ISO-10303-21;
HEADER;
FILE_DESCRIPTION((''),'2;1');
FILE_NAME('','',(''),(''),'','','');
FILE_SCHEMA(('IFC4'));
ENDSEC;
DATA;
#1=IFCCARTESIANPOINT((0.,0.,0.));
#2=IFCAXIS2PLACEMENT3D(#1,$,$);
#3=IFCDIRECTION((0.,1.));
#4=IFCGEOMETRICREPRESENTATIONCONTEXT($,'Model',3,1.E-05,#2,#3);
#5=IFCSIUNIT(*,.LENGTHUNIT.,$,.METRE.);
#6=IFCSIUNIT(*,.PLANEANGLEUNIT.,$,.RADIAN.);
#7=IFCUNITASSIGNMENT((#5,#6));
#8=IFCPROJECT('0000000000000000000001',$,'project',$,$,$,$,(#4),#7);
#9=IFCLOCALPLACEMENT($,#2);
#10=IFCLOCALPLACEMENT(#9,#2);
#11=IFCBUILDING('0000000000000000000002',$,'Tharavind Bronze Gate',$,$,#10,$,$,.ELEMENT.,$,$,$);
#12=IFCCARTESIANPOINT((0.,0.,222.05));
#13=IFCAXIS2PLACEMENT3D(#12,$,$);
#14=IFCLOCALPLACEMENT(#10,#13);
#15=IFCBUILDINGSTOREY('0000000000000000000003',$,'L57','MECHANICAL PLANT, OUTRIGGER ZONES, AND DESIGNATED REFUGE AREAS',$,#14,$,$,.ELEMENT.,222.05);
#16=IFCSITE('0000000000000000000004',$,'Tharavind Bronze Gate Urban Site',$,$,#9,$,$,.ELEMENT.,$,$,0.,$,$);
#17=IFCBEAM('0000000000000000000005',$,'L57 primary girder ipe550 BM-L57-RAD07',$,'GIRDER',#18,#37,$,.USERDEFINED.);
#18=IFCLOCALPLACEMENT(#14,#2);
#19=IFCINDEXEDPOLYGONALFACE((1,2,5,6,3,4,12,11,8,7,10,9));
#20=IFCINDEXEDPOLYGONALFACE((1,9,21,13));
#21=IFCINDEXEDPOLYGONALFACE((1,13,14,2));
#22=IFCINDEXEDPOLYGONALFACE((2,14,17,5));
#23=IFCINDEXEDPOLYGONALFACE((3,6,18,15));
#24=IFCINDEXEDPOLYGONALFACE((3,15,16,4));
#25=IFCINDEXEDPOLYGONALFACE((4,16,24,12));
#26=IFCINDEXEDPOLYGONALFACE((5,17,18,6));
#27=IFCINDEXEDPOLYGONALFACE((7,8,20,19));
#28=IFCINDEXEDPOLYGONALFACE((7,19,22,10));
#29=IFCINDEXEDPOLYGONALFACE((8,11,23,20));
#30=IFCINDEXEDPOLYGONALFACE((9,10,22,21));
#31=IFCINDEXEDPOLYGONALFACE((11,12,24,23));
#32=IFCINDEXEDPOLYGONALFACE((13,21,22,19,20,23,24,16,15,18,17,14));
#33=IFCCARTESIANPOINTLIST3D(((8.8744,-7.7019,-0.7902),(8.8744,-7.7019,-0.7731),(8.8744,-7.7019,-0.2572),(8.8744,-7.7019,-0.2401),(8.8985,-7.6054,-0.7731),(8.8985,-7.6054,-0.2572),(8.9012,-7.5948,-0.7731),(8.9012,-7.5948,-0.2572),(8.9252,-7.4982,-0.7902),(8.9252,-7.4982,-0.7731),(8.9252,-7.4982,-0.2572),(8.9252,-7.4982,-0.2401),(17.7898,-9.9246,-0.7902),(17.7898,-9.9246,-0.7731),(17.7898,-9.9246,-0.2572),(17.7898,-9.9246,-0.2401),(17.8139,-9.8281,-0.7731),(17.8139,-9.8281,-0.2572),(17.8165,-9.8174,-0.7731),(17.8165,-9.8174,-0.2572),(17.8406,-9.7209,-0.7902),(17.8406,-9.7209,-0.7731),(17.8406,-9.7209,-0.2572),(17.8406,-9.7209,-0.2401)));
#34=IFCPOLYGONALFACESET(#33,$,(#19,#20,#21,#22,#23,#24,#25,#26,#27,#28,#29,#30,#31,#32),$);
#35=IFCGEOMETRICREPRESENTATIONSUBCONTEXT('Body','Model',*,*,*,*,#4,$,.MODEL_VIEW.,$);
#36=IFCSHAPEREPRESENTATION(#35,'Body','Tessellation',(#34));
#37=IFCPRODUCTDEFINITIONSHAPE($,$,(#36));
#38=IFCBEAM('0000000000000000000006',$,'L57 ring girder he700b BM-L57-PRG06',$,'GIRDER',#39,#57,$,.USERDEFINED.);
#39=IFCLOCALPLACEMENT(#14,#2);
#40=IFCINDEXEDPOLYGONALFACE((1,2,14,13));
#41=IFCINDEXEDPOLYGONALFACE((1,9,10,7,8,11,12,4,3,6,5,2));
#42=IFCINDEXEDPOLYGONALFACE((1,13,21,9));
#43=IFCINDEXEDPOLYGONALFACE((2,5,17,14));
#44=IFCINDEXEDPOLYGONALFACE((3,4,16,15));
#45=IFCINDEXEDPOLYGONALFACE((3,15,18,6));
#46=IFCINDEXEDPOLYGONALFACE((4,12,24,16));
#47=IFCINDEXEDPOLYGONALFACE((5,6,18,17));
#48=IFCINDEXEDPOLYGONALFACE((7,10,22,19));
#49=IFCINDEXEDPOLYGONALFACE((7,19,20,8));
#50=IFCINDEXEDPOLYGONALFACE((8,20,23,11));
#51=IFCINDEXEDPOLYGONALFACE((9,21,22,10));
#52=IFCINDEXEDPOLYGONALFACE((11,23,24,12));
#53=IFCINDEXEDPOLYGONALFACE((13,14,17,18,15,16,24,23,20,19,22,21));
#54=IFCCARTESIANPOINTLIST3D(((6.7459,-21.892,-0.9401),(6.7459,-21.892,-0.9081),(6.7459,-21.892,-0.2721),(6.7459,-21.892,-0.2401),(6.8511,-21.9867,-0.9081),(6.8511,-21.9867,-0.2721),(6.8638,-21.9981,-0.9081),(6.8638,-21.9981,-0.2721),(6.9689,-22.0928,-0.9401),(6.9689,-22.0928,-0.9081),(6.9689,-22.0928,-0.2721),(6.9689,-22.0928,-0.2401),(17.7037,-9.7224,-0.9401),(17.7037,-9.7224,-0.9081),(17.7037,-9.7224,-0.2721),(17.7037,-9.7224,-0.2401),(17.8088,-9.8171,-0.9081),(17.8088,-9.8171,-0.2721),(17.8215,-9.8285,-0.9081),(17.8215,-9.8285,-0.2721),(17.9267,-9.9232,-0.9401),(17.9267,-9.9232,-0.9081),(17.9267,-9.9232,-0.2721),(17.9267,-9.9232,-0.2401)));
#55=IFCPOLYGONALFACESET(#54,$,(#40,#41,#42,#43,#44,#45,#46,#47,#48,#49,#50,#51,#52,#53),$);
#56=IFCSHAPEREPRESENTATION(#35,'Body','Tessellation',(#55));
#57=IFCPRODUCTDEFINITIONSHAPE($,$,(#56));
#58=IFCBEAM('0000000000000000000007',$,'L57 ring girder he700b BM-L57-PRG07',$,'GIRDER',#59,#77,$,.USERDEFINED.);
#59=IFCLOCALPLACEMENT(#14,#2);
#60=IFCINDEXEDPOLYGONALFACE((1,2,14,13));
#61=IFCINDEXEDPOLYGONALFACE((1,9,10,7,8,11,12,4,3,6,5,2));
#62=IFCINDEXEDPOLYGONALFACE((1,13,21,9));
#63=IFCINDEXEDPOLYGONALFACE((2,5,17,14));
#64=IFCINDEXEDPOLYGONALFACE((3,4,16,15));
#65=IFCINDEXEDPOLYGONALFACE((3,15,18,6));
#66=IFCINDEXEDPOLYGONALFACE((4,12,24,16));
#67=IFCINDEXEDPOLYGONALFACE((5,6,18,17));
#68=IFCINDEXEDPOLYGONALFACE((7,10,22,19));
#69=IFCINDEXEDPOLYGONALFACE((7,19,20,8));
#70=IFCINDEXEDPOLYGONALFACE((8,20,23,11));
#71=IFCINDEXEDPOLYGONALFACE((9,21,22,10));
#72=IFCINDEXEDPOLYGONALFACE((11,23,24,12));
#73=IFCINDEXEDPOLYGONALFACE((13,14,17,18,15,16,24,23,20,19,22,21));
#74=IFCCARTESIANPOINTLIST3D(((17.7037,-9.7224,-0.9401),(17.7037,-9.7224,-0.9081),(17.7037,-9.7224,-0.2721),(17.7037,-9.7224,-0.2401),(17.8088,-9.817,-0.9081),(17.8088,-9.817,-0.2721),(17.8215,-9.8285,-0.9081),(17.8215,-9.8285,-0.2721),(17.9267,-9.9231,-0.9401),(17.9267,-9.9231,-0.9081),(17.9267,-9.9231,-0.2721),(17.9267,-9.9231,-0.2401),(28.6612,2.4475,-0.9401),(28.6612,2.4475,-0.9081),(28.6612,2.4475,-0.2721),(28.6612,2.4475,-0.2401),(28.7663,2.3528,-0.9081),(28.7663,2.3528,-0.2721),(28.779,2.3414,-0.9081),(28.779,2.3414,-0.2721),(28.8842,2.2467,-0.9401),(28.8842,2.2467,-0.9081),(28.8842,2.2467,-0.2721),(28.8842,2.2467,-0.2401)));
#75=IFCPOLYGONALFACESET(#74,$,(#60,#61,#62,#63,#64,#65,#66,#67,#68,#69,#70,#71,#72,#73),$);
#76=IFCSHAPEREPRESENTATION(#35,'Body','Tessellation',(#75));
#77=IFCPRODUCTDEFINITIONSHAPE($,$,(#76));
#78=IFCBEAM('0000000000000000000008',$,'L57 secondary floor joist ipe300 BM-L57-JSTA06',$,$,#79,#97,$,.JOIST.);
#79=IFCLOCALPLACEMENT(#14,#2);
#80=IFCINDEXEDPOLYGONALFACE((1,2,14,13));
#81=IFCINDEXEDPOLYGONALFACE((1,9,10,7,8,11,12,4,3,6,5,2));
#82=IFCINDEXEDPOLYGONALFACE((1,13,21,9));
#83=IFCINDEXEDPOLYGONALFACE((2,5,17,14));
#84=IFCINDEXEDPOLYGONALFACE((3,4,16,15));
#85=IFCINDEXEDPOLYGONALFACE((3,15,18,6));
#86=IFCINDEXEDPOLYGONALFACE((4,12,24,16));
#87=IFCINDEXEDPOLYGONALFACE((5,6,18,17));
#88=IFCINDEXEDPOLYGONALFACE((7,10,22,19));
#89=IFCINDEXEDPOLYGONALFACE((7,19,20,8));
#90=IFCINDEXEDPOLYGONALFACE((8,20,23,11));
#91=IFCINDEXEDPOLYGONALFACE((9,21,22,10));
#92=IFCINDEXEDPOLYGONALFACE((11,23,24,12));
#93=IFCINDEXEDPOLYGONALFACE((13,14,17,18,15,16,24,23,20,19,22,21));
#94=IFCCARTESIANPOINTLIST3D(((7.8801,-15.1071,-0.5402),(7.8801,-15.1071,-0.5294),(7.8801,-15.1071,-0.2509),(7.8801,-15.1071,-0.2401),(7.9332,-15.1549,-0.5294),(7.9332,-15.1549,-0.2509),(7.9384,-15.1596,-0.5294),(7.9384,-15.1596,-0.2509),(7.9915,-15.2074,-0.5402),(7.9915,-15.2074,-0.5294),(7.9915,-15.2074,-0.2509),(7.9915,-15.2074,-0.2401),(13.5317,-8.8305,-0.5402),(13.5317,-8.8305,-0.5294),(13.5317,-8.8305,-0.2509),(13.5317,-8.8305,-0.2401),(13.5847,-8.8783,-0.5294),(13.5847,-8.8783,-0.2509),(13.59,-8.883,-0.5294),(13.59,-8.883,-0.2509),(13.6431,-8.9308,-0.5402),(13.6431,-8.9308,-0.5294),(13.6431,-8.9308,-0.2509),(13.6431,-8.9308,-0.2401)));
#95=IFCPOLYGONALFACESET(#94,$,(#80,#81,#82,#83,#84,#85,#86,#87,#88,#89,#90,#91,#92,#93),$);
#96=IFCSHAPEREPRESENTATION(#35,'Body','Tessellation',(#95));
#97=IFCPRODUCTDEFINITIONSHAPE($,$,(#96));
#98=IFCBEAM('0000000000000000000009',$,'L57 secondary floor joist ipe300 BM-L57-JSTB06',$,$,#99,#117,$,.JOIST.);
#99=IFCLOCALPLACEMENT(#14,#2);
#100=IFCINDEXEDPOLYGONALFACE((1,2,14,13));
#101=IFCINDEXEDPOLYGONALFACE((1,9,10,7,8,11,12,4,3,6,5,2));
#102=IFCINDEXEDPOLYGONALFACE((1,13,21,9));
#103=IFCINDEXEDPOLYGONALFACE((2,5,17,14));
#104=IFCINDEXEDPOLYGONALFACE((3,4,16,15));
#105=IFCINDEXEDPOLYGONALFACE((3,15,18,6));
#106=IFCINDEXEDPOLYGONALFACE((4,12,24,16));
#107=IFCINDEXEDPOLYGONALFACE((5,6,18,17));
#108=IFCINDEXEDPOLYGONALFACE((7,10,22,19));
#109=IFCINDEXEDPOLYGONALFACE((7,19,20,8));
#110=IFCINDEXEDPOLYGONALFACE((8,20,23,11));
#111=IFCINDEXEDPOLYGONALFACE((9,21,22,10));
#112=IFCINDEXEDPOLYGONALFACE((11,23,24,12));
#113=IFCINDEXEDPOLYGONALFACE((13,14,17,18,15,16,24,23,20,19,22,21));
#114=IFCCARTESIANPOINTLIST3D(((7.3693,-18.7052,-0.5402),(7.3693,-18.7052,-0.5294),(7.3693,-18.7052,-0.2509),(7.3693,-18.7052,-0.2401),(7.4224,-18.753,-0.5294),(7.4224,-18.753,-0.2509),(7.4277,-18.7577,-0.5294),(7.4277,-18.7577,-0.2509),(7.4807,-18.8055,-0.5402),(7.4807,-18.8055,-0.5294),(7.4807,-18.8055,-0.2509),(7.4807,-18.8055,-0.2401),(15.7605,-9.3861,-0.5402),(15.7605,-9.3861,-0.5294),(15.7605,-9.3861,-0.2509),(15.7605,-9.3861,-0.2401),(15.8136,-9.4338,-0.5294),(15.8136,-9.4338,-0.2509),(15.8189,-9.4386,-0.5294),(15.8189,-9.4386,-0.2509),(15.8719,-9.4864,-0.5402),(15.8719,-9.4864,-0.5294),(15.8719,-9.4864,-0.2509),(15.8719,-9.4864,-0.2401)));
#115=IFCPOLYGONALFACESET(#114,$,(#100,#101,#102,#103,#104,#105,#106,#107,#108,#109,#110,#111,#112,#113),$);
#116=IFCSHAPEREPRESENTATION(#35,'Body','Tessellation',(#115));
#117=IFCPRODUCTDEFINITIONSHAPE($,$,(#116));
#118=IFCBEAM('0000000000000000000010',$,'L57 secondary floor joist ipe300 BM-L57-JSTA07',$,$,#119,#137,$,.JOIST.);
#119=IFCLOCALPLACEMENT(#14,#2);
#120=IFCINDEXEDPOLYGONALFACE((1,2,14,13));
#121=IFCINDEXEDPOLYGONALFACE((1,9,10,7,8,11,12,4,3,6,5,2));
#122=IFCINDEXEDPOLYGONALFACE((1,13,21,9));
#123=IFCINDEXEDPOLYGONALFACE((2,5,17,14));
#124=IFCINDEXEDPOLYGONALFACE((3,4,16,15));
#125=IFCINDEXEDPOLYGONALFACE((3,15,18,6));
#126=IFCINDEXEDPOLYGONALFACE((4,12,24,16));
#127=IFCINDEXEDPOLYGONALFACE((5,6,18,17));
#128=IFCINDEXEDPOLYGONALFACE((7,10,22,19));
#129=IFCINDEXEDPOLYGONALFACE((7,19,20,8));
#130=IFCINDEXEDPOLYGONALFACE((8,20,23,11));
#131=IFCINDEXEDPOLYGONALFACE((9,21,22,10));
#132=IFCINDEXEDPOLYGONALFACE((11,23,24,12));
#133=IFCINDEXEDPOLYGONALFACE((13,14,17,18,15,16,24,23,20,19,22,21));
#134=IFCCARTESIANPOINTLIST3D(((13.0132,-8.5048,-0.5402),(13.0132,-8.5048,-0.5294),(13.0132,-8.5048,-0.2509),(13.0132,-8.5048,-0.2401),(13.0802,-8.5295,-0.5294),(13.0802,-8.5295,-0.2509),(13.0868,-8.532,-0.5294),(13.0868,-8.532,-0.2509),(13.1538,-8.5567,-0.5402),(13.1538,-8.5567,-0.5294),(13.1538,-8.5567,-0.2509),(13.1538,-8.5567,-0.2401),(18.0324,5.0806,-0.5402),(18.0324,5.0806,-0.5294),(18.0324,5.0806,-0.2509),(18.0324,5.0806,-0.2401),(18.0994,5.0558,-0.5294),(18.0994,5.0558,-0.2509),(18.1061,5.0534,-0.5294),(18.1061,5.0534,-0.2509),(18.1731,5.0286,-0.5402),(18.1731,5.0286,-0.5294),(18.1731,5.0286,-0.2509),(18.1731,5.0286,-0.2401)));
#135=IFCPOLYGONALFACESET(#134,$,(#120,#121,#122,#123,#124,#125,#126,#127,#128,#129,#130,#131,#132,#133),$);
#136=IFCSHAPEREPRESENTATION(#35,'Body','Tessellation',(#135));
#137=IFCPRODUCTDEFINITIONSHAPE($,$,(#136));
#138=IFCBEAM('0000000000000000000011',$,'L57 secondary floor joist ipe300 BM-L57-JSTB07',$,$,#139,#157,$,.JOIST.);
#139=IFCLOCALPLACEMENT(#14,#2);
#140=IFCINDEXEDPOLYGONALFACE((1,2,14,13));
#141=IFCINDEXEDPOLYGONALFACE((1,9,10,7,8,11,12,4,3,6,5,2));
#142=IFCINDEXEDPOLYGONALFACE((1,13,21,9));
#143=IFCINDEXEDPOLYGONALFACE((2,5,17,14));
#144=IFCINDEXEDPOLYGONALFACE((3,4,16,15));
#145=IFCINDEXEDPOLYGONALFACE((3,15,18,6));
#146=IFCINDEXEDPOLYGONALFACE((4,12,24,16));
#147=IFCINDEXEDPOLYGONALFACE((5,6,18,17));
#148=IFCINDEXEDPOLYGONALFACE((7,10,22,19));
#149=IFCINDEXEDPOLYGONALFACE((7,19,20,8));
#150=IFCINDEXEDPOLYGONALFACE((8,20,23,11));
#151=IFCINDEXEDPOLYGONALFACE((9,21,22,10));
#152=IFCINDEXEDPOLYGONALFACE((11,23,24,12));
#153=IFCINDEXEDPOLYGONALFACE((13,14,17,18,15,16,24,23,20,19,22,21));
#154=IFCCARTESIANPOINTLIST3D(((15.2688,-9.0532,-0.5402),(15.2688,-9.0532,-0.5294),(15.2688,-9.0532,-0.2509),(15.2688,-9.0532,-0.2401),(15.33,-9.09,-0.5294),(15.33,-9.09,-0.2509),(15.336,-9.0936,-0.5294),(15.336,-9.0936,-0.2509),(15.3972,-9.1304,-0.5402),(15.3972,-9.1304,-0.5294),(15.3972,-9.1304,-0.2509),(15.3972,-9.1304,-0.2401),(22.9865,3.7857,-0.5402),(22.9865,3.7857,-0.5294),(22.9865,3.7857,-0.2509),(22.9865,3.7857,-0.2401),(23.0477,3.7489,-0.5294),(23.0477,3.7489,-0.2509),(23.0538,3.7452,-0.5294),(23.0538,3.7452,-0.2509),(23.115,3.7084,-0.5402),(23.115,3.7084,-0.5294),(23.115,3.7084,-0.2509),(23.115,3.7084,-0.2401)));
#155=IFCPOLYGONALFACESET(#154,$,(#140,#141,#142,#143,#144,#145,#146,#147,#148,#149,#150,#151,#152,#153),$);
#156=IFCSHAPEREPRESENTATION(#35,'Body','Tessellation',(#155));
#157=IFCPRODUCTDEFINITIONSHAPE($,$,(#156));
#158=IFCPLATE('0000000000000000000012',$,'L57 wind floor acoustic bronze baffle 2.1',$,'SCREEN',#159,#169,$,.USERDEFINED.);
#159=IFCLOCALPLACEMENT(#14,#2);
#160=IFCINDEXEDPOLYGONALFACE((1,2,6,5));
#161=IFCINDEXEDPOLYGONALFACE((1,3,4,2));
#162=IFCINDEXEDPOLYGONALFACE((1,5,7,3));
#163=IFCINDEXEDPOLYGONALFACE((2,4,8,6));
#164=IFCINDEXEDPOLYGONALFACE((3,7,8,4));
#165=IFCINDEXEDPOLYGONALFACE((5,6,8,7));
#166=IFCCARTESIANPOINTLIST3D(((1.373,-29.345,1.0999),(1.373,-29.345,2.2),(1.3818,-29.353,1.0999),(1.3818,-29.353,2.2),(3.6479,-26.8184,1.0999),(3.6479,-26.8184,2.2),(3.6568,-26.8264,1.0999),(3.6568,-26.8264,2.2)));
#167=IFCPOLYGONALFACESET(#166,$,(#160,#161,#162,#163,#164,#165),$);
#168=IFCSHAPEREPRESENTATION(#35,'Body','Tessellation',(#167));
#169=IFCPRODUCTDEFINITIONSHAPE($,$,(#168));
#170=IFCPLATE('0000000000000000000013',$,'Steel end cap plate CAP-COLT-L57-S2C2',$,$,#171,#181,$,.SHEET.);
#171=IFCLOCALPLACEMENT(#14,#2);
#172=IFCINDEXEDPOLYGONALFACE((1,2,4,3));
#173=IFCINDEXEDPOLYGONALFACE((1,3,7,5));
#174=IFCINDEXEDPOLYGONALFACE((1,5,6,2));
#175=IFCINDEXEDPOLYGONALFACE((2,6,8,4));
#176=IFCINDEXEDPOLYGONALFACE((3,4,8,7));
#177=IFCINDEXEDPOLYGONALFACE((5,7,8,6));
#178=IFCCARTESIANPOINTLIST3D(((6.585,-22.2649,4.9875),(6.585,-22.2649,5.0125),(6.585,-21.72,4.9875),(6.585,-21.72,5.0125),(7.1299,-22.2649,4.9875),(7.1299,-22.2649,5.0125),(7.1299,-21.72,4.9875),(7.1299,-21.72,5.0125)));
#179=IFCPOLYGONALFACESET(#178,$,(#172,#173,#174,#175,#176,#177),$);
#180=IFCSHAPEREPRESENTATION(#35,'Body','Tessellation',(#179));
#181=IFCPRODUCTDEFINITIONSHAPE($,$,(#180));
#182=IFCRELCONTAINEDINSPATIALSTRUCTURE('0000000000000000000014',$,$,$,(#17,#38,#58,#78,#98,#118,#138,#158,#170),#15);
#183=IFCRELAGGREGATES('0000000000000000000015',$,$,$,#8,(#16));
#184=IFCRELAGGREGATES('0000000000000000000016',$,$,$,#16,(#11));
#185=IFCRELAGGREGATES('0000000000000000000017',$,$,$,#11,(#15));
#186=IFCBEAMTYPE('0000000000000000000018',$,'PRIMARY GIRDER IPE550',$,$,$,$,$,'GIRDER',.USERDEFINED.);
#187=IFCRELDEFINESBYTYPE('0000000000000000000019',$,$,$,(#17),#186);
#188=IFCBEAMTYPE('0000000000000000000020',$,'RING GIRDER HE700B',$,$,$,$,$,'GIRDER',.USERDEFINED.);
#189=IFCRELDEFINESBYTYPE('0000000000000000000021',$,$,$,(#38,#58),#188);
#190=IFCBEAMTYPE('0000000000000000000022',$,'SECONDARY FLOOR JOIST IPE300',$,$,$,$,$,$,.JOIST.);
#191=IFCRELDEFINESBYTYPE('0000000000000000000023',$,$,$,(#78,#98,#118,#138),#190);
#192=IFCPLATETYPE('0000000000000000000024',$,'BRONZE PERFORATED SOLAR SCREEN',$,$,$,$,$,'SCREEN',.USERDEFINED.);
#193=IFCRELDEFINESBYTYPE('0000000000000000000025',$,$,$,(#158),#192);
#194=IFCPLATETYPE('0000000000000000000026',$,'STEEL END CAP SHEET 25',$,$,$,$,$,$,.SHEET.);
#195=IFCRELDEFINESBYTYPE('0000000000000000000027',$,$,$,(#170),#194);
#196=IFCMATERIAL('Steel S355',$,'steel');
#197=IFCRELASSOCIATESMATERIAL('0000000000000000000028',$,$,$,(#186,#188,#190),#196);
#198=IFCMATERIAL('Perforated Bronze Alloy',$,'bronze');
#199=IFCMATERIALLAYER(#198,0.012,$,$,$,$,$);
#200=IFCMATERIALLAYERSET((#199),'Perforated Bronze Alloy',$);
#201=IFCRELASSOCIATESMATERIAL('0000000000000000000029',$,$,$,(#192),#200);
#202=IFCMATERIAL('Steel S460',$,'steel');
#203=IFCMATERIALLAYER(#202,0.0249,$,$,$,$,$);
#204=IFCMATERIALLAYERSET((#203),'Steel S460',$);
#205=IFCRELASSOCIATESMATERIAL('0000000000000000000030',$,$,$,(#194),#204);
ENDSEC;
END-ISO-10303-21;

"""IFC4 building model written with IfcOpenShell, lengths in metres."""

from ifc_helpers import new_model, si_unit, direction, frame, origin, origin_2d, place, context, subcontext, project, spatial, rectangle, i_section, extrude, material, layer, layer_set, material_profile, profile_set, type_object, element, save


model = new_model("IFC4")

# Units and contexts
model_context = context("Model", 3, precision=1e-05, world=origin(), true_north=direction((0.0, 1.0)))
body_context = subcontext(model_context, "Body", "Model", "MODEL_VIEW")
ifc_project = project(units=[si_unit("LENGTHUNIT", "METRE"), si_unit("PLANEANGLEUNIT", "RADIAN")], contexts=[model_context])

# Site, building, storey
site_placement = place(None, origin())
site = spatial("IfcSite", under=ifc_project, at=site_placement, Name="Tharavind Bronze Gate Urban Site", CompositionType="ELEMENT", RefElevation=0.0)
building_placement = place(site_placement, origin())
building = spatial("IfcBuilding", under=site, at=building_placement, Name="Tharavind Bronze Gate", CompositionType="ELEMENT")
storey_placement = place(building_placement, frame((0.0, 0.0, 222.05)))
storey = spatial("IfcBuildingStorey", under=building, at=storey_placement, Name="L57", Description="MECHANICAL PLANT, OUTRIGGER ZONES, AND DESIGNATED REFUGE AREAS", CompositionType="ELEMENT", Elevation=222.05)

# Shared definitions
ifc_material_1 = material(Name="Steel S460", Category="steel")

# Beams
ifc_material_2 = material(Name="Steel S355", Category="steel")
ifc_material_profile_1 = material_profile(ifc_material_2, i_section(OverallWidth=0.21, OverallDepth=0.55, WebThickness=0.011, FlangeThickness=0.0171, at=origin_2d()), Name="IPE550")
ifc_profile_set_1 = profile_set([ifc_material_profile_1], Name="Steel S355")
beam_type_1 = type_object("IfcBeamType", Name="PRIMARY GIRDER IPE550", ElementType="GIRDER", PredefinedType="USERDEFINED", material=ifc_profile_set_1)
beam_1_placement = place(storey_placement, frame((17.8152, -9.8228, -0.5151), z_axis=(-0.9703, 0.241904, 0.0), x_axis=(-0.241904, -0.9703, 0.0)))
element("IfcBeam", 1, at=beam_1_placement, inside=storey, type_object=beam_type_1, Name="L57 primary girder ipe550 BM-L57-RAD07", ObjectType="GIRDER", PredefinedType="USERDEFINED", context=body_context, shape_type="SweptSolid", body=[
    extrude(i_section(OverallWidth=0.21, OverallDepth=0.55, WebThickness=0.011, FlangeThickness=0.0171, at=origin_2d()), origin(), (0.0, 0.0, 1.0), 9.1882),
])
ifc_material_profile_2 = material_profile(ifc_material_2, i_section(OverallWidth=0.3, OverallDepth=0.7, WebThickness=0.0171, FlangeThickness=0.032, at=origin_2d()), Name="HE700B")
ifc_profile_set_2 = profile_set([ifc_material_profile_2], Name="Steel S355")
beam_type_2 = type_object("IfcBeamType", Name="RING GIRDER HE700B", ElementType="GIRDER", PredefinedType="USERDEFINED", material=ifc_profile_set_2)
for number, where, z_axis, x_axis, name in (
    (2, (6.8574, -21.9924, -0.5901), (0.669135, 0.743141, 0.0), (-0.743141, 0.669135, 0.0), "L57 ring girder he700b BM-L57-PRG06"),
    (3, (17.8152, -9.8228, -0.5901), (0.66912, 0.743155, 0.0), (-0.743155, 0.66912, 0.0), "L57 ring girder he700b BM-L57-PRG07"),
):
    element("IfcBeam", number, at=place(storey_placement, frame(where, z_axis=z_axis, x_axis=x_axis)), inside=storey, type_object=beam_type_2, Name=name, ObjectType="GIRDER", PredefinedType="USERDEFINED", context=body_context, shape_type="SweptSolid", body=[
        extrude(i_section(OverallWidth=0.3, OverallDepth=0.7, WebThickness=0.0171, FlangeThickness=0.032, at=origin_2d()), origin(), (0.0, 0.0, 1.0), 16.376),
    ])
ifc_material_profile_3 = material_profile(ifc_material_2, i_section(OverallWidth=0.1499, OverallDepth=0.3, WebThickness=0.0071, FlangeThickness=0.0107, at=origin_2d()), Name="IPE300")
ifc_profile_set_3 = profile_set([ifc_material_profile_3], Name="Steel S355")
beam_type_3 = type_object("IfcBeamType", Name="SECONDARY FLOOR JOIST IPE300", PredefinedType="JOIST", material=ifc_profile_set_3)
beam_2_placement = place(storey_placement, frame((7.9358, -15.1572, -0.3901), z_axis=(0.669139, 0.743137, 0.0), x_axis=(-0.743137, 0.669139, 0.0)))
element("IfcBeam", 4, at=beam_2_placement, inside=storey, type_object=beam_type_3, Name="L57 secondary floor joist ipe300 BM-L57-JSTA06", PredefinedType="JOIST", context=body_context, shape_type="SweptSolid", body=[
    extrude(i_section(OverallWidth=0.1499, OverallDepth=0.3, WebThickness=0.0071, FlangeThickness=0.0107, at=origin_2d()), origin(), (0.0, 0.0, 1.0), 8.446),
])
beam_3_placement = place(storey_placement, frame((7.425, -18.7554, -0.3901), z_axis=(0.669138, 0.743138, 0.0), x_axis=(-0.743138, 0.669138, 0.0)))
element("IfcBeam", 5, at=beam_3_placement, inside=storey, type_object=beam_type_3, Name="L57 secondary floor joist ipe300 BM-L57-JSTB06", PredefinedType="JOIST", context=body_context, shape_type="SweptSolid", body=[
    extrude(i_section(OverallWidth=0.1499, OverallDepth=0.3, WebThickness=0.0071, FlangeThickness=0.0107, at=origin_2d()), origin(), (0.0, 0.0, 1.0), 12.5403),
])
beam_4_placement = place(storey_placement, frame((13.0835, -8.5308, -0.3901), z_axis=(0.346564, 0.938026, 0.0), x_axis=(-0.938026, 0.346564, 0.0)))
element("IfcBeam", 6, at=beam_4_placement, inside=storey, type_object=beam_type_3, Name="L57 secondary floor joist ipe300 BM-L57-JSTA07", PredefinedType="JOIST", context=body_context, shape_type="SweptSolid", body=[
    extrude(i_section(OverallWidth=0.1499, OverallDepth=0.3, WebThickness=0.0071, FlangeThickness=0.0107, at=origin_2d()), origin(), (0.0, 0.0, 1.0), 14.4829),
])
beam_5_placement = place(storey_placement, frame((15.333, -9.0918, -0.3901), z_axis=(0.515205, 0.857067, 0.0), x_axis=(-0.857067, 0.515205, 0.0)))
element("IfcBeam", 7, at=beam_5_placement, inside=storey, type_object=beam_type_3, Name="L57 secondary floor joist ipe300 BM-L57-JSTB07", PredefinedType="JOIST", context=body_context, shape_type="SweptSolid", body=[
    extrude(i_section(OverallWidth=0.1499, OverallDepth=0.3, WebThickness=0.0071, FlangeThickness=0.0107, at=origin_2d()), origin(), (0.0, 0.0, 1.0), 14.98),
])

# Plates
ifc_material_3 = material(Name="Perforated Bronze Alloy", Category="bronze")
ifc_layer_1 = layer(ifc_material_3, 0.012)
ifc_layer_set_1 = layer_set([ifc_layer_1], Name="Perforated Bronze Alloy")
plate_type_1 = type_object("IfcPlateType", Name="BRONZE PERFORATED SOLAR SCREEN", ElementType="SCREEN", PredefinedType="USERDEFINED", material=ifc_layer_set_1)
plate_1_placement = place(storey_placement, frame((2.5149, -28.0857, 1.0999), z_axis=(0.0, 0.0, 1.0), x_axis=(0.669131, 0.743145, 0.0)))
element("IfcPlate", 8, at=plate_1_placement, inside=storey, type_object=plate_type_1, Name="L57 wind floor acoustic bronze baffle 2.1", ObjectType="SCREEN", PredefinedType="USERDEFINED", context=body_context, shape_type="SweptSolid", body=[
    extrude(rectangle(XDim=3.3999, YDim=0.012, at=origin_2d()), origin(), (0.0, 0.0, 1.0), 1.1001),
])
ifc_layer_2 = layer(ifc_material_1, 0.0249)
ifc_layer_set_2 = layer_set([ifc_layer_2], Name="Steel S460")
plate_type_2 = type_object("IfcPlateType", Name="STEEL END CAP SHEET 25", PredefinedType="SHEET", material=ifc_layer_set_2)
for number, where, z_axis, x_axis, name in (
    (9, (6.8574, -21.9924, 4.9875), (0.0, 0.0, 1.0), (1.0, 0.0, 0.0), "Steel end cap plate CAP-COLT-L57-S2C2"),
):
    element("IfcPlate", number, at=place(storey_placement, frame(where, z_axis=z_axis, x_axis=x_axis)), inside=storey, type_object=plate_type_2, Name=name, PredefinedType="SHEET", context=body_context, shape_type="SweptSolid", body=[
        extrude(rectangle(XDim=0.5449, YDim=0.5449, at=origin_2d()), origin(), (0.0, 0.0, 1.0), 0.0249),
    ])

save(model, "model.ifc")
